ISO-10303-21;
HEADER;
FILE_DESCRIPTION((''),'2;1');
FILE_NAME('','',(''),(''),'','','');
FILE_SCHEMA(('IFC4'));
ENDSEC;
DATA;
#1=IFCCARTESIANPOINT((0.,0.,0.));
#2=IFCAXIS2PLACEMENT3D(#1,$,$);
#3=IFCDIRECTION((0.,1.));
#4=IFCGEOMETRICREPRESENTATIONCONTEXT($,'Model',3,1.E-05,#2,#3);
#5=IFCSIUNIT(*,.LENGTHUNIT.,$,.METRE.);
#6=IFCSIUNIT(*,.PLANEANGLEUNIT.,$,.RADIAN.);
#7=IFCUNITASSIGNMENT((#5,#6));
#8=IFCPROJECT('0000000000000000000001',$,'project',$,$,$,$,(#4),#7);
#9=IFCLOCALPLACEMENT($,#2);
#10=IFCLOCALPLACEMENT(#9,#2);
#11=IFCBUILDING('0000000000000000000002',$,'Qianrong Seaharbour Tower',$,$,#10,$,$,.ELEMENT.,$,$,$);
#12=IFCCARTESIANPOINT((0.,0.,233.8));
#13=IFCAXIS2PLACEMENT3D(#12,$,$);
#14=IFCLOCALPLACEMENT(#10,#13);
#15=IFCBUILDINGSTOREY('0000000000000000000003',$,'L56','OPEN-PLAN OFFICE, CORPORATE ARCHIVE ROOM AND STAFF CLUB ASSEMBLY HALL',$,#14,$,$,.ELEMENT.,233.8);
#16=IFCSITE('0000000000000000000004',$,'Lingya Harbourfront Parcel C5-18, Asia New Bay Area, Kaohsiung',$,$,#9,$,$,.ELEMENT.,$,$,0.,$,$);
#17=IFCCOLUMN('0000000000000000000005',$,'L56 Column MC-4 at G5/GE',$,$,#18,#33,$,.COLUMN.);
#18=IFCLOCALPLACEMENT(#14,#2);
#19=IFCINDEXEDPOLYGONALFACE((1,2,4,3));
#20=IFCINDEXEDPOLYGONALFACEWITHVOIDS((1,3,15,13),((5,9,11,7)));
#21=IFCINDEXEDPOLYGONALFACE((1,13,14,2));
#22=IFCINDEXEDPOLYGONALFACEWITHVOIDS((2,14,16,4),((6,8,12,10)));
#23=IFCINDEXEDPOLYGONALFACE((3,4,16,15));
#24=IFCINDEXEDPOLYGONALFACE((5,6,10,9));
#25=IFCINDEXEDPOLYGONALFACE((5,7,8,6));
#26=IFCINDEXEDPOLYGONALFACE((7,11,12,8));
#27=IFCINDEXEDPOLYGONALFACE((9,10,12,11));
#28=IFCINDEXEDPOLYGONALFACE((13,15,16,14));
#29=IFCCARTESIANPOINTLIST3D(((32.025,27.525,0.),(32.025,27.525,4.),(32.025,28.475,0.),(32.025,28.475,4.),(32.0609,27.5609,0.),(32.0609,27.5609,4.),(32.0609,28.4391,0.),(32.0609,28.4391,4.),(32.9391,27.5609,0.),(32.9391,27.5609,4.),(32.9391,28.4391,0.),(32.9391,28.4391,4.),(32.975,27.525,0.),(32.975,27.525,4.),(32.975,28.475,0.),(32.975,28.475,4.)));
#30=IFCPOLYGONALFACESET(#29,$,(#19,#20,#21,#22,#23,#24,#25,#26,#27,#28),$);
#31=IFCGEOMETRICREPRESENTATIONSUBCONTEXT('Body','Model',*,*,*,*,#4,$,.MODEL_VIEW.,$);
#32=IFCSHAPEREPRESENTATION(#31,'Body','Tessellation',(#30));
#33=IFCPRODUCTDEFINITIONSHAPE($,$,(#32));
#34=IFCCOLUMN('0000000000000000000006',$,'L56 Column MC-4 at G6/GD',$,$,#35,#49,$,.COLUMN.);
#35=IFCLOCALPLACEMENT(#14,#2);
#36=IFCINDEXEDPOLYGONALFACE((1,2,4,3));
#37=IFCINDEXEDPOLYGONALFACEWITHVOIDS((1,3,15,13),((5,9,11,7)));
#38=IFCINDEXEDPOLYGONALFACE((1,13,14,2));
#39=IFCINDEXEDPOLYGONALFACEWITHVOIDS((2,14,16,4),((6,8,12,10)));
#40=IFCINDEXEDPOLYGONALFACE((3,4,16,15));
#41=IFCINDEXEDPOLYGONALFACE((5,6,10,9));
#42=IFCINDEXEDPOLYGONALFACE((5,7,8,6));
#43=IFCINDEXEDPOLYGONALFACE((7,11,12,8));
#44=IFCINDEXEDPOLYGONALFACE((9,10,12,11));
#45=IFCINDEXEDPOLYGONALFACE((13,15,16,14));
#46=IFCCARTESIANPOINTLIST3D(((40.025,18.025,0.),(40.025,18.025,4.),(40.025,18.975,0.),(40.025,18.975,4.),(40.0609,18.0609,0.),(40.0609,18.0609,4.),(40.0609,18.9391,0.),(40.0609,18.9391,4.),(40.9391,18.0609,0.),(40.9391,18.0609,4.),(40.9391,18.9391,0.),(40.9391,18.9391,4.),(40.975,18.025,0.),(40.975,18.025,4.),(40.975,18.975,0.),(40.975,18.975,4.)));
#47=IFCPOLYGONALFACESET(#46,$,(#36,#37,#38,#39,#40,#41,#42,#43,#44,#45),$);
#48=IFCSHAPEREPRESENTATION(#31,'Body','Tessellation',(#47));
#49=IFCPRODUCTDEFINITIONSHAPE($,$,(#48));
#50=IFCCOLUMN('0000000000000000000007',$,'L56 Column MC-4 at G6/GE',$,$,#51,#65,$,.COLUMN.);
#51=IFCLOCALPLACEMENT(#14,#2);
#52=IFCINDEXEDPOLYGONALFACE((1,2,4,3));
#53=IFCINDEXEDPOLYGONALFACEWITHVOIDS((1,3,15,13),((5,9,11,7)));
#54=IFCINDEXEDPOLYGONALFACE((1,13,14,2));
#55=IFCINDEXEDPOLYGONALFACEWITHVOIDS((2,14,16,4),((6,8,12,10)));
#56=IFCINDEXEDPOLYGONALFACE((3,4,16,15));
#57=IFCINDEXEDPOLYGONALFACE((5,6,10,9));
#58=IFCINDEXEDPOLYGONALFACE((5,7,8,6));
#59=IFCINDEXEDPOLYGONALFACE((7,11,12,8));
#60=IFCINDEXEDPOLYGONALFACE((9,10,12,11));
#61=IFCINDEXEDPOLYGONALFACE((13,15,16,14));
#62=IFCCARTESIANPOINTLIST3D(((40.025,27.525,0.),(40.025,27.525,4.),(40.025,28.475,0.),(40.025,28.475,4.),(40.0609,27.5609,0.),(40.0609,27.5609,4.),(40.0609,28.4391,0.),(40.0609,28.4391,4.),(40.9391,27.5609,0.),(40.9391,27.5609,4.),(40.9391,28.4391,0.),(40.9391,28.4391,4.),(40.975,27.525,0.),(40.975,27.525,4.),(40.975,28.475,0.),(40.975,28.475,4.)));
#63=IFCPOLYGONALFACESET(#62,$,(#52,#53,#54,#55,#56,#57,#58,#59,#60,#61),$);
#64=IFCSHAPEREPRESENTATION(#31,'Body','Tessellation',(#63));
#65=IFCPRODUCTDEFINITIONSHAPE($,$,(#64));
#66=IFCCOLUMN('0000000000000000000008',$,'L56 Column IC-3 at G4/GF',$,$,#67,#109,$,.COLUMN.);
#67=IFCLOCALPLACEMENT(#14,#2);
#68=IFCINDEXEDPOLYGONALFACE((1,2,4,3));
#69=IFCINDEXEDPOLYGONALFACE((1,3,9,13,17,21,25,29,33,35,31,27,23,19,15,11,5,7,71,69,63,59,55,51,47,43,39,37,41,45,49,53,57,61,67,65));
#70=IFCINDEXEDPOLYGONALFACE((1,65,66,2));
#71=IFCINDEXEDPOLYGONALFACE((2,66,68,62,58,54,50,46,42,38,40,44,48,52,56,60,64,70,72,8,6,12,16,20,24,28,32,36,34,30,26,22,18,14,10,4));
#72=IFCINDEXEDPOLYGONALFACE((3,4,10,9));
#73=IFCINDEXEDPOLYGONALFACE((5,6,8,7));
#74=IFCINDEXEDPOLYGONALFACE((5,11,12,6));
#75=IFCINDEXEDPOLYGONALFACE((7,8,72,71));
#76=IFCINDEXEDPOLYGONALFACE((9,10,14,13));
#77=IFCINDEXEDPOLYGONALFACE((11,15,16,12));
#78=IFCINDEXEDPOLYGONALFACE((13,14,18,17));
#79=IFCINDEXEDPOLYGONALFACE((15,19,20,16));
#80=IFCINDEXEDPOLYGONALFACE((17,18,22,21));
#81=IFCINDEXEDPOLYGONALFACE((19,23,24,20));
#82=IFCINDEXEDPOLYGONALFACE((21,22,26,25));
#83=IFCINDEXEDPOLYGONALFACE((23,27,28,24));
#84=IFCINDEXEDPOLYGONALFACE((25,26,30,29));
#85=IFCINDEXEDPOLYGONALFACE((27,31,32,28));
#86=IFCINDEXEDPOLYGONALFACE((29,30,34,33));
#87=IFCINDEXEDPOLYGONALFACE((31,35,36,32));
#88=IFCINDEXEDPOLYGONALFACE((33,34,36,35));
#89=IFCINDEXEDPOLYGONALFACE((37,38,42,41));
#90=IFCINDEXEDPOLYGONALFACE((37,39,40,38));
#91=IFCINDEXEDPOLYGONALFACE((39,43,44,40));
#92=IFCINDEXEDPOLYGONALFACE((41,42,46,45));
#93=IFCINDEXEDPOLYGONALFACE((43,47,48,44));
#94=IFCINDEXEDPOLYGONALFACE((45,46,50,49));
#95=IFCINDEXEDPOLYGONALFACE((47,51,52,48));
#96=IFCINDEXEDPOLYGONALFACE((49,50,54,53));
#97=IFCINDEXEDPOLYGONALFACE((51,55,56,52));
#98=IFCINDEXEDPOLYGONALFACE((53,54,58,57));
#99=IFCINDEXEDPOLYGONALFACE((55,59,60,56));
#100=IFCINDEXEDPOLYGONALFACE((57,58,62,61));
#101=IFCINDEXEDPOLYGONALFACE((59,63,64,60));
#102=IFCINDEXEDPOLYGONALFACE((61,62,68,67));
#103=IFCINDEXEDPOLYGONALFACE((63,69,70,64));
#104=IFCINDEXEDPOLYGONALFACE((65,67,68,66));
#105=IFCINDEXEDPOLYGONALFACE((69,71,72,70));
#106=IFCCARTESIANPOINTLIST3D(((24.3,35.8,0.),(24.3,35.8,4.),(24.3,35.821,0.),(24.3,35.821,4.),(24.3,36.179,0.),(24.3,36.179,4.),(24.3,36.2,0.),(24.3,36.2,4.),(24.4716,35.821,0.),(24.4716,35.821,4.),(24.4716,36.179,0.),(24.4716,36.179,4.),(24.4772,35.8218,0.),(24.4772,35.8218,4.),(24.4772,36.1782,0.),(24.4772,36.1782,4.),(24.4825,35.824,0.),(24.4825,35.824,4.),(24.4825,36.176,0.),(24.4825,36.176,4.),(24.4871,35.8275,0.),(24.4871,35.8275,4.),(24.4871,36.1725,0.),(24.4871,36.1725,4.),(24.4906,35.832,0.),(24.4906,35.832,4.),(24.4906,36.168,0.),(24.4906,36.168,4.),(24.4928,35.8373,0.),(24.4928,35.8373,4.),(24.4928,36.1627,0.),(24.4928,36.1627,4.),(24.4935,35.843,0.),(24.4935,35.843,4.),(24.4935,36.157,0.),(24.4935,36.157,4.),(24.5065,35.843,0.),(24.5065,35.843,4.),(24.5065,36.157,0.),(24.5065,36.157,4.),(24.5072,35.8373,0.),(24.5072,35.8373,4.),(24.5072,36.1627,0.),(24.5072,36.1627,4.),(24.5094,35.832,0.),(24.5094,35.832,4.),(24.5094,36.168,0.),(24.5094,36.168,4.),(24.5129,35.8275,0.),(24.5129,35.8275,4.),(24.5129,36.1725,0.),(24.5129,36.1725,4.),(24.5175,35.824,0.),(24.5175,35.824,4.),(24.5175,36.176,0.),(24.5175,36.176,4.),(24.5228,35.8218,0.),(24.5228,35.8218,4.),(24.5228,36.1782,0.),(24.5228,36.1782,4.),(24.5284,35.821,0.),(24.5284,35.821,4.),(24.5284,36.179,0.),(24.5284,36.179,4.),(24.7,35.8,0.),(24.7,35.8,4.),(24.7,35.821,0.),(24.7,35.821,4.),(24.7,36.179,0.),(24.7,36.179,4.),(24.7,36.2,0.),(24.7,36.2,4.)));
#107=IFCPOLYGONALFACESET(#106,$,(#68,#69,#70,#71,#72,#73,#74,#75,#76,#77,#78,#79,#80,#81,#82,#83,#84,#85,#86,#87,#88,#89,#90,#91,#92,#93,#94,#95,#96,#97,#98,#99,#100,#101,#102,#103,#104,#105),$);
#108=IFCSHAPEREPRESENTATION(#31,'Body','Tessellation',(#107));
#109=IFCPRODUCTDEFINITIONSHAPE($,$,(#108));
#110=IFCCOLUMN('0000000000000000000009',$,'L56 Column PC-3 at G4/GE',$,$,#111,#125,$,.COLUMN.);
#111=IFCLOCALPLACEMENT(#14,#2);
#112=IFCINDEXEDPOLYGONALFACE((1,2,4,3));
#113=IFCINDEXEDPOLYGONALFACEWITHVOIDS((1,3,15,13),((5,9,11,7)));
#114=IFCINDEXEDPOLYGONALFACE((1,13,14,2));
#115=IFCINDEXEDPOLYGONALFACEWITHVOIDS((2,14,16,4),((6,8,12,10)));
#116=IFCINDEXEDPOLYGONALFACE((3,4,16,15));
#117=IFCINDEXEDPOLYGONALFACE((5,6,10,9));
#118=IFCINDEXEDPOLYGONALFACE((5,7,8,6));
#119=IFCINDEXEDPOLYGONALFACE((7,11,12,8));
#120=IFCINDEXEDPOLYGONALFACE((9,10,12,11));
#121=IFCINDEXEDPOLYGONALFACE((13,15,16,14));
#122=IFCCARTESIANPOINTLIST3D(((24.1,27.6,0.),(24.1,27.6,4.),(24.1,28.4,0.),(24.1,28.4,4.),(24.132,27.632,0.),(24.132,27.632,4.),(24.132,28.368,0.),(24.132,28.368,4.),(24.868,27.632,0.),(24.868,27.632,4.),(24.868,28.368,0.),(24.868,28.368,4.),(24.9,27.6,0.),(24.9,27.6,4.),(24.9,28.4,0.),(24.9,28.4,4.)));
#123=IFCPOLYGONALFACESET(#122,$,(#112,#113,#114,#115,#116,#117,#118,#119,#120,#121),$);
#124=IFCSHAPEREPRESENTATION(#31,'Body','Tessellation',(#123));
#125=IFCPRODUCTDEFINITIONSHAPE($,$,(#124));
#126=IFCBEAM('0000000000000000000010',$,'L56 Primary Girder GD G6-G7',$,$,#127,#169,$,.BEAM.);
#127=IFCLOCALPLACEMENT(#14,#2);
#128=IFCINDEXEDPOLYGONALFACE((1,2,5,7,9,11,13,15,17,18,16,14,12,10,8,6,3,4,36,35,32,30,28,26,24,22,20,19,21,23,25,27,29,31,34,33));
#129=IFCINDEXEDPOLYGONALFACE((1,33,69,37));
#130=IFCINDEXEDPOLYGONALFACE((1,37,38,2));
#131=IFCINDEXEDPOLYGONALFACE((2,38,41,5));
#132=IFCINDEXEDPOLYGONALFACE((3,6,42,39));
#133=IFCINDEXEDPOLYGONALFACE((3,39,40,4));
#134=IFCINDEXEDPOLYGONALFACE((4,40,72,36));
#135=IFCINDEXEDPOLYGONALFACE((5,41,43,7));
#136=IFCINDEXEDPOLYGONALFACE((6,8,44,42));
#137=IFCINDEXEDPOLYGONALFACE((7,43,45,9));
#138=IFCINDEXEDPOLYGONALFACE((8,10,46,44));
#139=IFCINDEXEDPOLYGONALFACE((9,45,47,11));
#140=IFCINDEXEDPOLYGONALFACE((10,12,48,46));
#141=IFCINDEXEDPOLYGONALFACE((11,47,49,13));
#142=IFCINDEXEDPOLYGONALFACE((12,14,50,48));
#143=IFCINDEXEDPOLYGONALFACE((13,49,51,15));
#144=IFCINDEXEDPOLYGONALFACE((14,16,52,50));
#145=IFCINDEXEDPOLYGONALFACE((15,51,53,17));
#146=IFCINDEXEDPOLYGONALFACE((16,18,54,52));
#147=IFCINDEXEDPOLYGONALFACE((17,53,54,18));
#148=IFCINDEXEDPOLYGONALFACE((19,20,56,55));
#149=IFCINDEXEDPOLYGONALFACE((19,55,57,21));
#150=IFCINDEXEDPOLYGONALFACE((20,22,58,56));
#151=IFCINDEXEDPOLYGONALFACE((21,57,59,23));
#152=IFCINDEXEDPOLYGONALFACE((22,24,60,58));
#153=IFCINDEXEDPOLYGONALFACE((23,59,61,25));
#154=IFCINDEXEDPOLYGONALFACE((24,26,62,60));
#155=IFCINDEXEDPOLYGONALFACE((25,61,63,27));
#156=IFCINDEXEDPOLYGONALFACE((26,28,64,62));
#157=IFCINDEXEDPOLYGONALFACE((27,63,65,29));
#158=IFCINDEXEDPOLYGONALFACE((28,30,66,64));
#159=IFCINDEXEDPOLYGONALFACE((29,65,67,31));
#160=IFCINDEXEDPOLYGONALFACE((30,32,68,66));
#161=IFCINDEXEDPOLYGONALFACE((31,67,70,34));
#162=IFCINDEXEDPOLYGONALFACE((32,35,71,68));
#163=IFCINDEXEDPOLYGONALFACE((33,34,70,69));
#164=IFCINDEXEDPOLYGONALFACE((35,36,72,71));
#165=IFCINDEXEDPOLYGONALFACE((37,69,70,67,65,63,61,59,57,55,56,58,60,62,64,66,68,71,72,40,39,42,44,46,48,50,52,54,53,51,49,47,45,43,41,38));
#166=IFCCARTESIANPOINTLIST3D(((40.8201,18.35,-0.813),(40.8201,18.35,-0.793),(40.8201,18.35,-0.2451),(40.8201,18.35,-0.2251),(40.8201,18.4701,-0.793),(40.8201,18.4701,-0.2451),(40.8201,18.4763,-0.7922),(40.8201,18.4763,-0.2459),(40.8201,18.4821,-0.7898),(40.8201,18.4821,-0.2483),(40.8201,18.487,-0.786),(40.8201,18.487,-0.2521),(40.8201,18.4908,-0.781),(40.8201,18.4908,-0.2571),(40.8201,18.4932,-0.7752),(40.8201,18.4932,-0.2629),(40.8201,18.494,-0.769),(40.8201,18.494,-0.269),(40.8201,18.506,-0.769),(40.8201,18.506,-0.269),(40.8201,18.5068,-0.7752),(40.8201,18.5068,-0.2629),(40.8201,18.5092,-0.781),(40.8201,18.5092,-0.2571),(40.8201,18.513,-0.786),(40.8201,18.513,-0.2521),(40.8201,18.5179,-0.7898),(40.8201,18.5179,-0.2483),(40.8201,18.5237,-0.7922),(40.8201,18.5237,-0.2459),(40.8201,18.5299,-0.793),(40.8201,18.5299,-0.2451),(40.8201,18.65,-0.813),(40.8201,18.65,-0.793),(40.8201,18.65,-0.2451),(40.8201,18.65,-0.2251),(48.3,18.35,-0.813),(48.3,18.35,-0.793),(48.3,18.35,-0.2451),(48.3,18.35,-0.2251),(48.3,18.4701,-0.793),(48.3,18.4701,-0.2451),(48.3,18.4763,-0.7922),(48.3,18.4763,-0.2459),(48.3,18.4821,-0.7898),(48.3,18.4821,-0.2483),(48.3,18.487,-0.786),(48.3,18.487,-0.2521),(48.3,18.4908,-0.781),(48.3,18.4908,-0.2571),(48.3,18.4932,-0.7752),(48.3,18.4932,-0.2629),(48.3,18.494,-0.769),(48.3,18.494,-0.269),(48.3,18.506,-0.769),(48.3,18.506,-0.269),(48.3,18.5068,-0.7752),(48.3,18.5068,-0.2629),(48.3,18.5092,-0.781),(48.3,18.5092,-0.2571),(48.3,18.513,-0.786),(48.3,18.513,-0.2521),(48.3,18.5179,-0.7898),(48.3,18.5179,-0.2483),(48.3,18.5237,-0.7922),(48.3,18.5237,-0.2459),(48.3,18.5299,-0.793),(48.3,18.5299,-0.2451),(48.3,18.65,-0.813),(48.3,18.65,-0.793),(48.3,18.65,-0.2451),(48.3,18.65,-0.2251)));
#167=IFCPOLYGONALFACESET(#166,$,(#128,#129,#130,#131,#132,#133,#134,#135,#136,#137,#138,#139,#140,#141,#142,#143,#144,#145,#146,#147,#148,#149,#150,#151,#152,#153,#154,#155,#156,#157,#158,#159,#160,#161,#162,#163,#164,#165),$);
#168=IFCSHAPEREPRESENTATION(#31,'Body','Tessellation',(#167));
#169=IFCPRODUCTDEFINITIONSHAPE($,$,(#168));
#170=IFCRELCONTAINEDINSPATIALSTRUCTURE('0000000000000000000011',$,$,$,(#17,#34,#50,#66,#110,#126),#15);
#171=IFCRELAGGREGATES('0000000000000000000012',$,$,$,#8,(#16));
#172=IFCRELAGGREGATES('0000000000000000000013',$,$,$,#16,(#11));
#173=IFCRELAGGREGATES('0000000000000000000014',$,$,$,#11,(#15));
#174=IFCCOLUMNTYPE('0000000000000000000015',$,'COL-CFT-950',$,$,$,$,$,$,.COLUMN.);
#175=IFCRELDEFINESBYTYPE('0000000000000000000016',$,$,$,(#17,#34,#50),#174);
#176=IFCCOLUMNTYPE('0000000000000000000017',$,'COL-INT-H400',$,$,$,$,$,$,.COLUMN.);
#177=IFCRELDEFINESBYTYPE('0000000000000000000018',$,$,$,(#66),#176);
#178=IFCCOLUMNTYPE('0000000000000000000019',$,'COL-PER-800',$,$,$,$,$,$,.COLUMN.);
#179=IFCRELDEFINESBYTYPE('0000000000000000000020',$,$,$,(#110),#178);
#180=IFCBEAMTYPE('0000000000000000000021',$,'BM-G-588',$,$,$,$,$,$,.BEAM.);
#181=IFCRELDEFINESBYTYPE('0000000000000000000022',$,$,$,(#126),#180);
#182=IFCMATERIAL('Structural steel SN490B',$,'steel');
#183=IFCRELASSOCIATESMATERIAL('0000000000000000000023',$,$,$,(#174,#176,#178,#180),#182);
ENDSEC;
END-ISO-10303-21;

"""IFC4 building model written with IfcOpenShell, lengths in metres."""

from ifc_helpers import new_model, si_unit, direction, frame, origin, origin_2d, place, context, subcontext, project, spatial, hollow_rectangle, i_section, extrude, material, material_profile, profile_set, type_object, element, save


model = new_model("IFC4")

# Units and contexts
model_context = context("Model", 3, precision=1e-05, world=origin(), true_north=direction((0.0, 1.0)))
body_context = subcontext(model_context, "Body", "Model", "MODEL_VIEW")
ifc_project = project(units=[si_unit("LENGTHUNIT", "METRE"), si_unit("PLANEANGLEUNIT", "RADIAN")], contexts=[model_context])

# Site, building, storey
site_placement = place(None, origin())
site = spatial("IfcSite", under=ifc_project, at=site_placement, Name="Lingya Harbourfront Parcel C5-18, Asia New Bay Area, Kaohsiung", CompositionType="ELEMENT", RefElevation=0.0)
building_placement = place(site_placement, origin())
building = spatial("IfcBuilding", under=site, at=building_placement, Name="Qianrong Seaharbour Tower", CompositionType="ELEMENT")
storey_placement = place(building_placement, frame((0.0, 0.0, 233.8)))
storey = spatial("IfcBuildingStorey", under=building, at=storey_placement, Name="L56", Description="OPEN-PLAN OFFICE, CORPORATE ARCHIVE ROOM AND STAFF CLUB ASSEMBLY HALL", CompositionType="ELEMENT", Elevation=233.8)

# Columns
ifc_material_1 = material(Name="Structural steel SN490B", Category="steel")
ifc_material_profile_1 = material_profile(ifc_material_1, hollow_rectangle(XDim=0.95, YDim=0.95, WallThickness=0.0359, at=origin_2d()), Name="BOX950x950x36")
ifc_profile_set_1 = profile_set([ifc_material_profile_1], Name="Structural steel SN490B")
column_type_1 = type_object("IfcColumnType", Name="COL-CFT-950", PredefinedType="COLUMN", material=ifc_profile_set_1)
for number, where, z_axis, x_axis, name in (
    (1, (32.5, 28.0, 0.0), (0.0, 0.0, 1.0), (1.0, 0.0, 0.0), "L56 Column MC-4 at G5/GE"),
    (2, (40.5, 18.5, 0.0), (0.0, 0.0, 1.0), (1.0, 0.0, 0.0), "L56 Column MC-4 at G6/GD"),
    (3, (40.5, 28.0, 0.0), (0.0, 0.0, 1.0), (1.0, 0.0, 0.0), "L56 Column MC-4 at G6/GE"),
):
    element("IfcColumn", number, at=place(storey_placement, frame(where, z_axis=z_axis, x_axis=x_axis)), inside=storey, type_object=column_type_1, Name=name, PredefinedType="COLUMN", context=body_context, shape_type="SweptSolid", body=[
        extrude(hollow_rectangle(XDim=0.95, YDim=0.95, WallThickness=0.0359, at=origin_2d()), origin(), (0.0, 0.0, 1.0), 4.0),
    ])
ifc_material_profile_2 = material_profile(ifc_material_1, i_section(OverallWidth=0.3999, OverallDepth=0.3999, WebThickness=0.0129, FlangeThickness=0.021, FilletRadius=0.022, at=origin_2d()), Name="H400x400x13x21")
ifc_profile_set_2 = profile_set([ifc_material_profile_2], Name="Structural steel SN490B")
column_type_2 = type_object("IfcColumnType", Name="COL-INT-H400", PredefinedType="COLUMN", material=ifc_profile_set_2)
column_1_placement = place(storey_placement, frame((24.5, 36.0, 0.0), z_axis=(0.0, 0.0, 1.0), x_axis=(1.0, 0.0, 0.0)))
element("IfcColumn", 4, at=column_1_placement, inside=storey, type_object=column_type_2, Name="L56 Column IC-3 at G4/GF", PredefinedType="COLUMN", context=body_context, shape_type="SweptSolid", body=[
    extrude(i_section(OverallWidth=0.3999, OverallDepth=0.3999, WebThickness=0.0129, FlangeThickness=0.021, FilletRadius=0.022, at=origin_2d()), origin(), (0.0, 0.0, 1.0), 4.0),
])
ifc_material_profile_3 = material_profile(ifc_material_1, hollow_rectangle(XDim=0.8, YDim=0.8, WallThickness=0.032, at=origin_2d()), Name="BOX800x800x32")
ifc_profile_set_3 = profile_set([ifc_material_profile_3], Name="Structural steel SN490B")
column_type_3 = type_object("IfcColumnType", Name="COL-PER-800", PredefinedType="COLUMN", material=ifc_profile_set_3)
column_2_placement = place(storey_placement, frame((24.5, 28.0, 0.0), z_axis=(0.0, 0.0, 1.0), x_axis=(1.0, 0.0, 0.0)))
element("IfcColumn", 5, at=column_2_placement, inside=storey, type_object=column_type_3, Name="L56 Column PC-3 at G4/GE", PredefinedType="COLUMN", context=body_context, shape_type="SweptSolid", body=[
    extrude(hollow_rectangle(XDim=0.8, YDim=0.8, WallThickness=0.032, at=origin_2d()), origin(), (0.0, 0.0, 1.0), 4.0),
])

# Beam
ifc_material_profile_4 = material_profile(ifc_material_1, i_section(OverallWidth=0.3, OverallDepth=0.5879, WebThickness=0.012, FlangeThickness=0.02, FilletRadius=0.0239, at=origin_2d()), Name="H588x300x12x20")
ifc_profile_set_4 = profile_set([ifc_material_profile_4], Name="Structural steel SN490B")
beam_type_1 = type_object("IfcBeamType", Name="BM-G-588", PredefinedType="BEAM", material=ifc_profile_set_4)
for number, where, z_axis, x_axis, name in (
    (6, (40.8201, 18.5, -0.519), (1.0, 0.0, 0.0), (0.0, 1.0, 0.0), "L56 Primary Girder GD G6-G7"),
):
    element("IfcBeam", number, at=place(storey_placement, frame(where, z_axis=z_axis, x_axis=x_axis)), inside=storey, type_object=beam_type_1, Name=name, PredefinedType="BEAM", context=body_context, shape_type="SweptSolid", body=[
        extrude(i_section(OverallWidth=0.3, OverallDepth=0.5879, WebThickness=0.012, FlangeThickness=0.02, FilletRadius=0.0239, at=origin_2d()), origin(), (0.0, 0.0, 1.0), 7.48),
    ])

save(model, "model.ifc")
